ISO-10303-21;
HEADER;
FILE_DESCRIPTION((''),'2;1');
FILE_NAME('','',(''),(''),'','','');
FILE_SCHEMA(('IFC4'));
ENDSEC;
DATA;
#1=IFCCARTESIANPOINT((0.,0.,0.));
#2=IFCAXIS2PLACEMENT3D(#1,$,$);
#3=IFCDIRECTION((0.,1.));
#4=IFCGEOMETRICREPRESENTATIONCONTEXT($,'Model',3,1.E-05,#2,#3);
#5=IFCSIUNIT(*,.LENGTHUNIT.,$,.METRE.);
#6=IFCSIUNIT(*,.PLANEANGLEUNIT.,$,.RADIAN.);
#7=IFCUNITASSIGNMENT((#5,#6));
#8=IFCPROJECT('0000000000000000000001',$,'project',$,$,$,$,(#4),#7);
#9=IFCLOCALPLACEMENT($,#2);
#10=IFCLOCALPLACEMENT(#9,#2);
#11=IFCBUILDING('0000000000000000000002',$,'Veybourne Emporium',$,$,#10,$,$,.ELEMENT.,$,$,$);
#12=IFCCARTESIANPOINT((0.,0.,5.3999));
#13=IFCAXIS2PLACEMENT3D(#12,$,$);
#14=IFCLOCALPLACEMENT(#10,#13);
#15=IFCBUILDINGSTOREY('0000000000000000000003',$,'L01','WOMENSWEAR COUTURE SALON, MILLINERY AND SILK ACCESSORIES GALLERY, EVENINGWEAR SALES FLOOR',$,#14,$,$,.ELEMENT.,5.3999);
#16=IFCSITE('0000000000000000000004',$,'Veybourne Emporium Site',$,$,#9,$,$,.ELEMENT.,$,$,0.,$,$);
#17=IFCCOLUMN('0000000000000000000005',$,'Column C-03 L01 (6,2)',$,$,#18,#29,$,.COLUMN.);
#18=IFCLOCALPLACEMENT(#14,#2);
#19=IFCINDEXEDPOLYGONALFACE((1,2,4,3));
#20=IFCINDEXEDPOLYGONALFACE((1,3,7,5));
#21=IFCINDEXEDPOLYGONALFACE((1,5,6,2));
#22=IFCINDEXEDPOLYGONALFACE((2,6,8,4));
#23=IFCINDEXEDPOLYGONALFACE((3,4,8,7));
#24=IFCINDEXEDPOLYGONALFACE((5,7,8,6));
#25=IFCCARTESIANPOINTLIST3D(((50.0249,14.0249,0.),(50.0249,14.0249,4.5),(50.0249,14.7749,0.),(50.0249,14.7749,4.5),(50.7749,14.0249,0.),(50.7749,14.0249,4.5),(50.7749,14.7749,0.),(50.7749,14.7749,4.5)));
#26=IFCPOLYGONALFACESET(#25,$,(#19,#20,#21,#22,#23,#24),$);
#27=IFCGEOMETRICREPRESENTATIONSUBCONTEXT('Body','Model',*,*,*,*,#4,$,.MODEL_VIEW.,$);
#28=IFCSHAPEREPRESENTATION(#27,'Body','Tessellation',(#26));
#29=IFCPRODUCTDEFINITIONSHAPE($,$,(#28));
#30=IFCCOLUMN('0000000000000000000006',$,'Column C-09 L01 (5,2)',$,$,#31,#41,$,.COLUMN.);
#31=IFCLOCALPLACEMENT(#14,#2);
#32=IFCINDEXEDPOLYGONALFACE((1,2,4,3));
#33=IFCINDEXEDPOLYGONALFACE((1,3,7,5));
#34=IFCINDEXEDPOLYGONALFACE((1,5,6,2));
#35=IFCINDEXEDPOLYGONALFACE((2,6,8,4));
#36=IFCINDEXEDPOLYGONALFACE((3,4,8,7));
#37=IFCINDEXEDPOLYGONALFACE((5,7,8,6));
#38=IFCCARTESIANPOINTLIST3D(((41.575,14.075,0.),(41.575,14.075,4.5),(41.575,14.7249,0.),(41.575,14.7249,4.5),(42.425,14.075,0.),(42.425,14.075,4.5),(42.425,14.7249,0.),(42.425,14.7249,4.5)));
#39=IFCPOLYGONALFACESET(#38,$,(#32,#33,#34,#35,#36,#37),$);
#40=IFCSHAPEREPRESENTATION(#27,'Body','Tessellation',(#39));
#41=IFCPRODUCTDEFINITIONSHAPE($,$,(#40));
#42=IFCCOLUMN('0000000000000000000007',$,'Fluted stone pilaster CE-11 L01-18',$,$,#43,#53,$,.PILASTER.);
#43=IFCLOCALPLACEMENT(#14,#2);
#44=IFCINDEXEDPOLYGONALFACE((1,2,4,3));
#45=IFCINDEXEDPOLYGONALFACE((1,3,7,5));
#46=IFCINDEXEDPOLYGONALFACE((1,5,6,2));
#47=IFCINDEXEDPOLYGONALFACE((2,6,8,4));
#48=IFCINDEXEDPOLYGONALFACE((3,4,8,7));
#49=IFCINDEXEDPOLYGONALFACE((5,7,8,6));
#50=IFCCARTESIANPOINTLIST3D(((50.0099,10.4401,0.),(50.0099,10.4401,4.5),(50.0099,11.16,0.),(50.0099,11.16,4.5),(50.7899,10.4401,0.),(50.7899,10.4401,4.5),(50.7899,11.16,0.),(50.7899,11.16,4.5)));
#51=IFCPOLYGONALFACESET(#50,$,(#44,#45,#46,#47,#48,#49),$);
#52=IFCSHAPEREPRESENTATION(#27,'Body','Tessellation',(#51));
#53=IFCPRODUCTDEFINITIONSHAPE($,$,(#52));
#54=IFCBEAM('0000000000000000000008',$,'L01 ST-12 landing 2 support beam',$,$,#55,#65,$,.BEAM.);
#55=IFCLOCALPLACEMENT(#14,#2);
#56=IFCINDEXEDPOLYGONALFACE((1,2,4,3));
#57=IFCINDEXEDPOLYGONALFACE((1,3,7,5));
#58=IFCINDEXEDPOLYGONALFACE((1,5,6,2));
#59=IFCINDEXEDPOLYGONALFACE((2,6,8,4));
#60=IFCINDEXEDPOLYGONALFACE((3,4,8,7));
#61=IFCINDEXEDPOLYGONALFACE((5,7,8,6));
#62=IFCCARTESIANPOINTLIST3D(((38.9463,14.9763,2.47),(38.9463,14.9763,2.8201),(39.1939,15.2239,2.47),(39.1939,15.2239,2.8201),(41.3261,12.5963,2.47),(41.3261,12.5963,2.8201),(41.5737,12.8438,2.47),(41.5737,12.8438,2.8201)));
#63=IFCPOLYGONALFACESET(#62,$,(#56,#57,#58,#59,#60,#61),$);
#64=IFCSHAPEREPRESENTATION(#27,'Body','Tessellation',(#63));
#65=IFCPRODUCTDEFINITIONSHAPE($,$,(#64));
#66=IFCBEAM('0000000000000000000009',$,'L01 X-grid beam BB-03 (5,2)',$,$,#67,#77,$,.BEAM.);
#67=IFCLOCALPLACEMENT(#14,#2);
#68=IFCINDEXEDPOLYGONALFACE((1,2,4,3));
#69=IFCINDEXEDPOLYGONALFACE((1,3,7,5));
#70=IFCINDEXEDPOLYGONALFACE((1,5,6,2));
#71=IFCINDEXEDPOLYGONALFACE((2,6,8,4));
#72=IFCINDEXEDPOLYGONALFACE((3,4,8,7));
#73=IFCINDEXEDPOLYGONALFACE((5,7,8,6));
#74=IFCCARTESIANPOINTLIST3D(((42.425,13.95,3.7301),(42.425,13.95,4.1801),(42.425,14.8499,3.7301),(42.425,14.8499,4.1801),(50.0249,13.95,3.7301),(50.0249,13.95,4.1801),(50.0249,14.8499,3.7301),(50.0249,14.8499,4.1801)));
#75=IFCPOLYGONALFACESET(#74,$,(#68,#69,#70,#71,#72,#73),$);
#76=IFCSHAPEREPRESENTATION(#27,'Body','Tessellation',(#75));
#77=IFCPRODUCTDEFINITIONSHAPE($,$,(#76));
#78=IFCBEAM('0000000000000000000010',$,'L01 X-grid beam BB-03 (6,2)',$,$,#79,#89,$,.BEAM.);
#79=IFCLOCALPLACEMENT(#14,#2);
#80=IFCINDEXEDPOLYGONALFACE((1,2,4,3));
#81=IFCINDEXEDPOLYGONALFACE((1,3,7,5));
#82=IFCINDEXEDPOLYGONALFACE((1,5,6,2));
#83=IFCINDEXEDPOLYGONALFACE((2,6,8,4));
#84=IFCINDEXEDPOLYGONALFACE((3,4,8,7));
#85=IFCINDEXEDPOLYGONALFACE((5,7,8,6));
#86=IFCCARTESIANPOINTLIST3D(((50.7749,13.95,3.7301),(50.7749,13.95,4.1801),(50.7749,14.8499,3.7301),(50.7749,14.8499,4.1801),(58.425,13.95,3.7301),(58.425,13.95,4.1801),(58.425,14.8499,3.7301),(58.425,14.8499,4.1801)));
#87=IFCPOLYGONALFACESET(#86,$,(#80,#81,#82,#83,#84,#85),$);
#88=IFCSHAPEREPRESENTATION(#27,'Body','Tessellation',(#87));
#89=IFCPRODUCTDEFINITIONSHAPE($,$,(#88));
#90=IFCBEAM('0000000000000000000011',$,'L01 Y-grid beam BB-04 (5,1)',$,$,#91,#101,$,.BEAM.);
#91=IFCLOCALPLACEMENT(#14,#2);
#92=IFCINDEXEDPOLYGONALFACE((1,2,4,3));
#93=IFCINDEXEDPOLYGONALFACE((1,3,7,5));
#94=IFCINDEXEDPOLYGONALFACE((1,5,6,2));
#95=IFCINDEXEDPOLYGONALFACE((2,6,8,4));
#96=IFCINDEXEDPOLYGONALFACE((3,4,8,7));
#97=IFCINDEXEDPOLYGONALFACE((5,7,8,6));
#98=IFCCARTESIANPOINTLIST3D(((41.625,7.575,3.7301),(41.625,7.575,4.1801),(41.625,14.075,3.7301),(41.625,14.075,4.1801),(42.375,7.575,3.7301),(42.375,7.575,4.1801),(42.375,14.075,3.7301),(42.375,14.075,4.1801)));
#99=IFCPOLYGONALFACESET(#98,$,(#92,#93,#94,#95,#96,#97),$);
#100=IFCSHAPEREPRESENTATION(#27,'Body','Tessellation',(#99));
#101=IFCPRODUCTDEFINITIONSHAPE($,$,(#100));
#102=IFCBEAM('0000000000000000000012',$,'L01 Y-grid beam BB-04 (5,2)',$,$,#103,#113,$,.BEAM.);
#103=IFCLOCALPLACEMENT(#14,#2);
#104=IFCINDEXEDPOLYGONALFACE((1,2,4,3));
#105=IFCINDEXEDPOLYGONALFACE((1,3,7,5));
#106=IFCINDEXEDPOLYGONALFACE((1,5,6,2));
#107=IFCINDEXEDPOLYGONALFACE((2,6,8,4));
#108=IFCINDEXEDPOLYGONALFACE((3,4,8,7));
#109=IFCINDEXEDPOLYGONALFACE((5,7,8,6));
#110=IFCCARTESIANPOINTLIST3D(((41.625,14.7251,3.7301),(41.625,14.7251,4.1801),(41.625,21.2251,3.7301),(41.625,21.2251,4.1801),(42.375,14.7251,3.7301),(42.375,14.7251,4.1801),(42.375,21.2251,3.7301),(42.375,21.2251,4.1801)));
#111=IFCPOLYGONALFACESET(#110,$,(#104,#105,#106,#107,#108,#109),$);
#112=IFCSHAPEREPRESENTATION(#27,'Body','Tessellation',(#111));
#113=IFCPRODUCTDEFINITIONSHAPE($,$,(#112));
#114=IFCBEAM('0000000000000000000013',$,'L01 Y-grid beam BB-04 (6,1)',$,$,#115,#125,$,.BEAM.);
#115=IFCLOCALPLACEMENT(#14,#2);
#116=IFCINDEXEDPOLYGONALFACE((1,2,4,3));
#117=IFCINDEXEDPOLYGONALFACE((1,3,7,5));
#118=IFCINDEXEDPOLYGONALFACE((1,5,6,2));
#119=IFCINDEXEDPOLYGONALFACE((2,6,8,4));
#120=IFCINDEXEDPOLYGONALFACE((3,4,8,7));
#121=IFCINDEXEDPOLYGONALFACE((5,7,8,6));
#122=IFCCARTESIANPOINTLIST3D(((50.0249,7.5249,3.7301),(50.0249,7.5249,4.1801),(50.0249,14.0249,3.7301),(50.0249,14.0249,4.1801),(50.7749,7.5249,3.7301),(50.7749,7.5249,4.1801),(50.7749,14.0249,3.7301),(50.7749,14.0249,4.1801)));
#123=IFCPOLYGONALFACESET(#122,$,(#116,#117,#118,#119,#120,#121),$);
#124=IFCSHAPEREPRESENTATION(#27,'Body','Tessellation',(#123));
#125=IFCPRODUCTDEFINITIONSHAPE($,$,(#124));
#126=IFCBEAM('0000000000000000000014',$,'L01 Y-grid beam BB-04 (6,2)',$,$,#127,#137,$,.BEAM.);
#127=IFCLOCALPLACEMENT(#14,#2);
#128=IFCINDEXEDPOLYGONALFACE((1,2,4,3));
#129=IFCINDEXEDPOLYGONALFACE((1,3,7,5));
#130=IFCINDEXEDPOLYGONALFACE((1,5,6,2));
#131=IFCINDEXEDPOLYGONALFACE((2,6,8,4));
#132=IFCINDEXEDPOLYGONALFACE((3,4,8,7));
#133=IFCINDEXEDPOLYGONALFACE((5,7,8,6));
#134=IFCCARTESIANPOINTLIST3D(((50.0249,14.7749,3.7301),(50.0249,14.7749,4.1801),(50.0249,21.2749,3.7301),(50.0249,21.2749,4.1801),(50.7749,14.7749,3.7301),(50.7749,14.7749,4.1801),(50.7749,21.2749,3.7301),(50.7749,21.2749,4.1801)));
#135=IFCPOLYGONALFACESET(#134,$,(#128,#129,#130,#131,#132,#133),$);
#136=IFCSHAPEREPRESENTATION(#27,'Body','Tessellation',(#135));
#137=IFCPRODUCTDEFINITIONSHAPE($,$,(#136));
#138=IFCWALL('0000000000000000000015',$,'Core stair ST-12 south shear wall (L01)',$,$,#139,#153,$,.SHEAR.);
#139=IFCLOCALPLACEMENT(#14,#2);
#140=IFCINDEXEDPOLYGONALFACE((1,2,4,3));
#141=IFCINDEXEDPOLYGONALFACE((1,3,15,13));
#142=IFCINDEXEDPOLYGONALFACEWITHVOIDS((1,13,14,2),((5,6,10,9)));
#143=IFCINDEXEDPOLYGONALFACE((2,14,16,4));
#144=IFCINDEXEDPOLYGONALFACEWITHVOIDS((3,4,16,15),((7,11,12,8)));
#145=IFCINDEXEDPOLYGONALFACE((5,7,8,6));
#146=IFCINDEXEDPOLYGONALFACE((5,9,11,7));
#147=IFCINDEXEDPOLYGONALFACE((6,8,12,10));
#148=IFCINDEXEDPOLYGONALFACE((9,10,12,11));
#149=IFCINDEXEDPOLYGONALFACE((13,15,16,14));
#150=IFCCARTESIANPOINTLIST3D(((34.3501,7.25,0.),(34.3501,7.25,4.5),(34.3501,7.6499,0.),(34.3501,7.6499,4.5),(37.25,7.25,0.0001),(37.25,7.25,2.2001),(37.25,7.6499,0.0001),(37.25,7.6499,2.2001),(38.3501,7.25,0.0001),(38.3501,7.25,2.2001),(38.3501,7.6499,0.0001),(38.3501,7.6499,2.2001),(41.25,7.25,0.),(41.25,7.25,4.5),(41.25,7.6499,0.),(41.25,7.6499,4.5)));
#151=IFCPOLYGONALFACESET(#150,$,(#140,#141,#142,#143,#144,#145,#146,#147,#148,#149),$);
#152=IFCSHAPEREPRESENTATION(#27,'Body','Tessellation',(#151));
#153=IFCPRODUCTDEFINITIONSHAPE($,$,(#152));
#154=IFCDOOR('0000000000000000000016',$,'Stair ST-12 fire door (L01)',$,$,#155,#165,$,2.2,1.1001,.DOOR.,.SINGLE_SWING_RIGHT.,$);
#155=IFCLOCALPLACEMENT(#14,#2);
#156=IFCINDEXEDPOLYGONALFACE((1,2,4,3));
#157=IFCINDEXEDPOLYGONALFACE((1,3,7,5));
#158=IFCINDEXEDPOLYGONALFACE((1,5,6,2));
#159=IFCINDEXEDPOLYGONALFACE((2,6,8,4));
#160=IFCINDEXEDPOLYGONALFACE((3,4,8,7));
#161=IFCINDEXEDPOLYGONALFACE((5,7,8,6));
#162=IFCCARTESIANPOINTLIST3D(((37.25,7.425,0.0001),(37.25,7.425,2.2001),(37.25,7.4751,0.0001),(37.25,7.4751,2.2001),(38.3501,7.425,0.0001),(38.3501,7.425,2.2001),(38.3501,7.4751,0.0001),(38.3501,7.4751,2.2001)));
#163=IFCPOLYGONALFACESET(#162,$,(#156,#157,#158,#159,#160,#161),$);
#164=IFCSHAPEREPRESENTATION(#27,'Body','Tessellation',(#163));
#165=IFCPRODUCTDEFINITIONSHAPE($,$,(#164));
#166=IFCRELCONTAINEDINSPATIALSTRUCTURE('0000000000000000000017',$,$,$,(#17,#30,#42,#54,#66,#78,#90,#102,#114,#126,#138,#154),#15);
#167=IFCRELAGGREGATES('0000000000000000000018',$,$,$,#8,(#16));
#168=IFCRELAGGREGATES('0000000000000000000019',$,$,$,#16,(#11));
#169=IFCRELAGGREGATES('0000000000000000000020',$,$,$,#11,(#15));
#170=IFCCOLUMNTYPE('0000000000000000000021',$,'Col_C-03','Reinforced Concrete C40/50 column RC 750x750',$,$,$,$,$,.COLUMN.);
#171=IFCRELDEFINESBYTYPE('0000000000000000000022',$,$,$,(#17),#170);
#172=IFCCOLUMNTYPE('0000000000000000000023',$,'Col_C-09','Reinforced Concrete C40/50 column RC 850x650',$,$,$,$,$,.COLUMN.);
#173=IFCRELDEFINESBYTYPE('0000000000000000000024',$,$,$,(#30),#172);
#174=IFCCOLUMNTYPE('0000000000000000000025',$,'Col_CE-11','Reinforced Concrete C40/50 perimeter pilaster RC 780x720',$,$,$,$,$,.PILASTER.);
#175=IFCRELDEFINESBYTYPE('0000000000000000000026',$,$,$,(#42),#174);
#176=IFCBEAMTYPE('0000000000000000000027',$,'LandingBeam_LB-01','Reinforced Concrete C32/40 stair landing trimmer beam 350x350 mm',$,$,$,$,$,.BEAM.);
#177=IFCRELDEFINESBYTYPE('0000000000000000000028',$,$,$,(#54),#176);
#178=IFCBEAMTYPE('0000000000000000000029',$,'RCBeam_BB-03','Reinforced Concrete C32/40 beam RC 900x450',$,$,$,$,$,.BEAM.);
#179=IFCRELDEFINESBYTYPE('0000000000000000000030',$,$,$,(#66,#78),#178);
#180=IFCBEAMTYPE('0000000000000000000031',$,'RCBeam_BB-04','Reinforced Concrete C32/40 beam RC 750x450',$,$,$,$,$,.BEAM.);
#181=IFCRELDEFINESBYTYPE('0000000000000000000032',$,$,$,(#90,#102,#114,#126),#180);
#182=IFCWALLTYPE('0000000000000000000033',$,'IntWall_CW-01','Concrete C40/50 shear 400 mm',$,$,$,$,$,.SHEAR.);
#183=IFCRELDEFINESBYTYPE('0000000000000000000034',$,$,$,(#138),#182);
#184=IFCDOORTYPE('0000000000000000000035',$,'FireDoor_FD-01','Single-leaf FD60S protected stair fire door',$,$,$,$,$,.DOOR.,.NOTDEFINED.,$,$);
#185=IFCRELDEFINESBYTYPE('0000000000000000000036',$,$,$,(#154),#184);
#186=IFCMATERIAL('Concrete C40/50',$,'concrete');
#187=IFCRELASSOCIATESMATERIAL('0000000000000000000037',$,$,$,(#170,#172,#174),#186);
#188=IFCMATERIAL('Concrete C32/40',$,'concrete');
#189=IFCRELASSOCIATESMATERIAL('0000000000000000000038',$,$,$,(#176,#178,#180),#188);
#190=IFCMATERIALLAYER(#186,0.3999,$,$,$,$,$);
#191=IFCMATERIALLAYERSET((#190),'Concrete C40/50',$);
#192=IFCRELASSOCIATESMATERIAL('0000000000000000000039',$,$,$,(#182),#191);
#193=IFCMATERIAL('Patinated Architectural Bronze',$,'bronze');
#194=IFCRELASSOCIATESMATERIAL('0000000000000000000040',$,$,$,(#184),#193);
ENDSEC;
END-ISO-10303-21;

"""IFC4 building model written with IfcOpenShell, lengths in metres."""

from ifc_helpers import new_model, si_unit, direction, frame, frame_2d, origin, origin_2d, place, context, subcontext, project, spatial, rectangle, extrude, material, layer, layer_set, material_profile, profile_set, type_object, element, fill, save


model = new_model("IFC4")

# Units and contexts
model_context = context("Model", 3, precision=1e-05, world=origin(), true_north=direction((0.0, 1.0)))
body_context = subcontext(model_context, "Body", "Model", "MODEL_VIEW")
ifc_project = project(units=[si_unit("LENGTHUNIT", "METRE"), si_unit("PLANEANGLEUNIT", "RADIAN")], contexts=[model_context])

# Site, building, storey
site_placement = place(None, origin())
site = spatial("IfcSite", under=ifc_project, at=site_placement, Name="Veybourne Emporium Site", CompositionType="ELEMENT", RefElevation=0.0)
building_placement = place(site_placement, origin())
building = spatial("IfcBuilding", under=site, at=building_placement, Name="Veybourne Emporium", CompositionType="ELEMENT")
storey_placement = place(building_placement, frame((0.0, 0.0, 5.3999)))
storey = spatial("IfcBuildingStorey", under=building, at=storey_placement, Name="L01", Description="WOMENSWEAR COUTURE SALON, MILLINERY AND SILK ACCESSORIES GALLERY, EVENINGWEAR SALES FLOOR", CompositionType="ELEMENT", Elevation=5.3999)

# Columns
ifc_material_1 = material(Name="Concrete C40/50", Category="concrete")
ifc_material_profile_1 = material_profile(ifc_material_1, rectangle(XDim=0.75, YDim=0.75, at=origin_2d()), Name="RC 750x750")
ifc_profile_set_1 = profile_set([ifc_material_profile_1], Name="Concrete C40/50")
column_type_1 = type_object("IfcColumnType", Name="Col_C-03", Description="Reinforced Concrete C40/50 column RC 750x750", PredefinedType="COLUMN", material=ifc_profile_set_1)
column_1_placement = place(storey_placement, frame((50.3999, 14.3999, 0.0), z_axis=(0.0, 0.0, 1.0), x_axis=(1.0, 0.0, 0.0)))
element("IfcColumn", 1, at=column_1_placement, inside=storey, type_object=column_type_1, Name="Column C-03 L01 (6,2)", PredefinedType="COLUMN", context=body_context, shape_type="SweptSolid", body=[
    extrude(rectangle(XDim=0.75, YDim=0.75, at=origin_2d()), origin(), (0.0, 0.0, 1.0), 4.5),
])
ifc_material_profile_2 = material_profile(ifc_material_1, rectangle(XDim=0.8501, YDim=0.6499, at=origin_2d()), Name="RC 850x650")
ifc_profile_set_2 = profile_set([ifc_material_profile_2], Name="Concrete C40/50")
column_type_2 = type_object("IfcColumnType", Name="Col_C-09", Description="Reinforced Concrete C40/50 column RC 850x650", PredefinedType="COLUMN", material=ifc_profile_set_2)
column_2_placement = place(storey_placement, frame((42.0, 14.3999, 0.0), z_axis=(0.0, 0.0, 1.0), x_axis=(1.0, 0.0, 0.0)))
element("IfcColumn", 2, at=column_2_placement, inside=storey, type_object=column_type_2, Name="Column C-09 L01 (5,2)", PredefinedType="COLUMN", context=body_context, shape_type="SweptSolid", body=[
    extrude(rectangle(XDim=0.8501, YDim=0.6499, at=origin_2d()), origin(), (0.0, 0.0, 1.0), 4.5),
])
ifc_material_profile_3 = material_profile(ifc_material_1, rectangle(XDim=0.78, YDim=0.72, at=origin_2d()), Name="RC 780x720")
ifc_profile_set_3 = profile_set([ifc_material_profile_3], Name="Concrete C40/50")
column_type_3 = type_object("IfcColumnType", Name="Col_CE-11", Description="Reinforced Concrete C40/50 perimeter pilaster RC 780x720", PredefinedType="PILASTER", material=ifc_profile_set_3)
column_3_placement = place(storey_placement, frame((50.3999, 10.8, 0.0), z_axis=(0.0, 0.0, 1.0), x_axis=(1.0, 0.0, 0.0)))
element("IfcColumn", 3, at=column_3_placement, inside=storey, type_object=column_type_3, Name="Fluted stone pilaster CE-11 L01-18", PredefinedType="PILASTER", context=body_context, shape_type="SweptSolid", body=[
    extrude(rectangle(XDim=0.78, YDim=0.72, at=origin_2d()), origin(), (0.0, 0.0, 1.0), 4.5),
])

# Beams
ifc_material_2 = material(Name="Concrete C32/40", Category="concrete")
ifc_material_profile_4 = material_profile(ifc_material_2, rectangle(XDim=0.3501, YDim=0.3501, at=origin_2d()), Name="RC 350x350")
ifc_profile_set_4 = profile_set([ifc_material_profile_4], Name="Concrete C32/40")
beam_type_1 = type_object("IfcBeamType", Name="LandingBeam_LB-01", Description="Reinforced Concrete C32/40 stair landing trimmer beam 350x350 mm", PredefinedType="BEAM", material=ifc_profile_set_4)
beam_1_placement = place(storey_placement, frame((39.0701, 15.1001, 2.645), z_axis=(0.707071, -0.707143, 0.0), x_axis=(0.707143, 0.707071, 0.0)))
element("IfcBeam", 4, at=beam_1_placement, inside=storey, type_object=beam_type_1, Name="L01 ST-12 landing 2 support beam", PredefinedType="BEAM", context=body_context, shape_type="SweptSolid", body=[
    extrude(rectangle(XDim=0.3501, YDim=0.3501, at=origin_2d()), origin(), (0.0, 0.0, 1.0), 3.3657),
])
ifc_material_profile_5 = material_profile(ifc_material_2, rectangle(XDim=0.8999, YDim=0.45, at=origin_2d()), Name="RC 900x450")
ifc_profile_set_5 = profile_set([ifc_material_profile_5], Name="Concrete C32/40")
beam_type_2 = type_object("IfcBeamType", Name="RCBeam_BB-03", Description="Reinforced Concrete C32/40 beam RC 900x450", PredefinedType="BEAM", material=ifc_profile_set_5)
beam_2_placement = place(storey_placement, frame((42.425, 14.3999, 3.9551), z_axis=(1.0, 0.0, 0.0), x_axis=(0.0, 1.0, 0.0)))
element("IfcBeam", 5, at=beam_2_placement, inside=storey, type_object=beam_type_2, Name="L01 X-grid beam BB-03 (5,2)", PredefinedType="BEAM", context=body_context, shape_type="SweptSolid", body=[
    extrude(rectangle(XDim=0.8999, YDim=0.45, at=origin_2d()), origin(), (0.0, 0.0, 1.0), 7.5999),
])
beam_3_placement = place(storey_placement, frame((50.7749, 14.3999, 3.9551), z_axis=(1.0, 0.0, 0.0), x_axis=(0.0, 1.0, 0.0)))
element("IfcBeam", 6, at=beam_3_placement, inside=storey, type_object=beam_type_2, Name="L01 X-grid beam BB-03 (6,2)", PredefinedType="BEAM", context=body_context, shape_type="SweptSolid", body=[
    extrude(rectangle(XDim=0.8999, YDim=0.45, at=origin_2d()), origin(), (0.0, 0.0, 1.0), 7.6501),
])
ifc_material_profile_6 = material_profile(ifc_material_2, rectangle(XDim=0.75, YDim=0.45, at=origin_2d()), Name="RC 750x450")
ifc_profile_set_6 = profile_set([ifc_material_profile_6], Name="Concrete C32/40")
beam_type_3 = type_object("IfcBeamType", Name="RCBeam_BB-04", Description="Reinforced Concrete C32/40 beam RC 750x450", PredefinedType="BEAM", material=ifc_profile_set_6)
for number, where, z_axis, x_axis, name in (
    (7, (42.0, 7.575, 3.9551), (0.0, 1.0, 0.0), (-1.0, 0.0, 0.0), "L01 Y-grid beam BB-04 (5,1)"),
    (8, (42.0, 14.7251, 3.9551), (0.0, 1.0, 0.0), (-1.0, 0.0, 0.0), "L01 Y-grid beam BB-04 (5,2)"),
    (9, (50.3999, 7.5249, 3.9551), (0.0, 1.0, 0.0), (-1.0, 0.0, 0.0), "L01 Y-grid beam BB-04 (6,1)"),
    (10, (50.3999, 14.7749, 3.9551), (0.0, 1.0, 0.0), (-1.0, 0.0, 0.0), "L01 Y-grid beam BB-04 (6,2)"),
):
    element("IfcBeam", number, at=place(storey_placement, frame(where, z_axis=z_axis, x_axis=x_axis)), inside=storey, type_object=beam_type_3, Name=name, PredefinedType="BEAM", context=body_context, shape_type="SweptSolid", body=[
        extrude(rectangle(XDim=0.75, YDim=0.45, at=origin_2d()), origin(), (0.0, 0.0, 1.0), 6.5),
    ])

# Wall, opening, door
ifc_layer_1 = layer(ifc_material_1, 0.3999)
ifc_layer_set_1 = layer_set([ifc_layer_1], Name="Concrete C40/50")
wall_type_1 = type_object("IfcWallType", Name="IntWall_CW-01", Description="Concrete C40/50 shear 400 mm", PredefinedType="SHEAR", material=ifc_layer_set_1)
wall_1_placement = place(storey_placement, frame((41.25, 7.45, 0.0), z_axis=(0.0, 0.0, 1.0), x_axis=(-1.0, 0.0, 0.0)))
wall_1 = element("IfcWall", 11, at=wall_1_placement, inside=storey, type_object=wall_type_1, Name="Core stair ST-12 south shear wall (L01)", PredefinedType="SHEAR", context=body_context, shape_type="SweptSolid", body=[
    extrude(rectangle(XDim=6.8999, YDim=0.3999, at=frame_2d((3.45, 0.0))), origin(), (0.0, 0.0, 1.0), 4.5),
])
opening_1_placement = place(wall_1_placement, frame((2.8999, 0.0, 0.0)))
opening_1 = element("IfcOpeningElement", 12, at=opening_1_placement, cuts=wall_1, PredefinedType="OPENING", context=body_context, shape_type="SweptSolid", body=[
    extrude(rectangle(XDim=1.1001, YDim=2.2, at=frame_2d((0.55, 1.1001))), frame((0.0, 0.22, 0.0), z_axis=(0.0, -1.0, 0.0), x_axis=(1.0, 0.0, 0.0)), (0.0, 0.0, 1.0), 0.4399),
])
ifc_material_3 = material(Name="Patinated Architectural Bronze", Category="bronze")
door_type_1 = type_object("IfcDoorType", Name="FireDoor_FD-01", Description="Single-leaf FD60S protected stair fire door", OperationType="NOTDEFINED", PredefinedType="DOOR", material=ifc_material_3)
door_1_placement = place(opening_1_placement, origin())
door_1 = element("IfcDoor", 13, at=door_1_placement, inside=storey, type_object=door_type_1, Name="Stair ST-12 fire door (L01)", OperationType="SINGLE_SWING_RIGHT", OverallHeight=2.2, OverallWidth=1.1001, PredefinedType="DOOR", context=body_context, shape_type="SweptSolid", body=[
    extrude(rectangle(XDim=1.1001, YDim=2.2, at=frame_2d((0.55, 1.1001))), frame((0.0, 0.0249, 0.0), z_axis=(0.0, -1.0, 0.0), x_axis=(1.0, 0.0, 0.0)), (0.0, 0.0, 1.0), 0.05),
])
fill(opening_1, door_1)

save(model, "model.ifc")
